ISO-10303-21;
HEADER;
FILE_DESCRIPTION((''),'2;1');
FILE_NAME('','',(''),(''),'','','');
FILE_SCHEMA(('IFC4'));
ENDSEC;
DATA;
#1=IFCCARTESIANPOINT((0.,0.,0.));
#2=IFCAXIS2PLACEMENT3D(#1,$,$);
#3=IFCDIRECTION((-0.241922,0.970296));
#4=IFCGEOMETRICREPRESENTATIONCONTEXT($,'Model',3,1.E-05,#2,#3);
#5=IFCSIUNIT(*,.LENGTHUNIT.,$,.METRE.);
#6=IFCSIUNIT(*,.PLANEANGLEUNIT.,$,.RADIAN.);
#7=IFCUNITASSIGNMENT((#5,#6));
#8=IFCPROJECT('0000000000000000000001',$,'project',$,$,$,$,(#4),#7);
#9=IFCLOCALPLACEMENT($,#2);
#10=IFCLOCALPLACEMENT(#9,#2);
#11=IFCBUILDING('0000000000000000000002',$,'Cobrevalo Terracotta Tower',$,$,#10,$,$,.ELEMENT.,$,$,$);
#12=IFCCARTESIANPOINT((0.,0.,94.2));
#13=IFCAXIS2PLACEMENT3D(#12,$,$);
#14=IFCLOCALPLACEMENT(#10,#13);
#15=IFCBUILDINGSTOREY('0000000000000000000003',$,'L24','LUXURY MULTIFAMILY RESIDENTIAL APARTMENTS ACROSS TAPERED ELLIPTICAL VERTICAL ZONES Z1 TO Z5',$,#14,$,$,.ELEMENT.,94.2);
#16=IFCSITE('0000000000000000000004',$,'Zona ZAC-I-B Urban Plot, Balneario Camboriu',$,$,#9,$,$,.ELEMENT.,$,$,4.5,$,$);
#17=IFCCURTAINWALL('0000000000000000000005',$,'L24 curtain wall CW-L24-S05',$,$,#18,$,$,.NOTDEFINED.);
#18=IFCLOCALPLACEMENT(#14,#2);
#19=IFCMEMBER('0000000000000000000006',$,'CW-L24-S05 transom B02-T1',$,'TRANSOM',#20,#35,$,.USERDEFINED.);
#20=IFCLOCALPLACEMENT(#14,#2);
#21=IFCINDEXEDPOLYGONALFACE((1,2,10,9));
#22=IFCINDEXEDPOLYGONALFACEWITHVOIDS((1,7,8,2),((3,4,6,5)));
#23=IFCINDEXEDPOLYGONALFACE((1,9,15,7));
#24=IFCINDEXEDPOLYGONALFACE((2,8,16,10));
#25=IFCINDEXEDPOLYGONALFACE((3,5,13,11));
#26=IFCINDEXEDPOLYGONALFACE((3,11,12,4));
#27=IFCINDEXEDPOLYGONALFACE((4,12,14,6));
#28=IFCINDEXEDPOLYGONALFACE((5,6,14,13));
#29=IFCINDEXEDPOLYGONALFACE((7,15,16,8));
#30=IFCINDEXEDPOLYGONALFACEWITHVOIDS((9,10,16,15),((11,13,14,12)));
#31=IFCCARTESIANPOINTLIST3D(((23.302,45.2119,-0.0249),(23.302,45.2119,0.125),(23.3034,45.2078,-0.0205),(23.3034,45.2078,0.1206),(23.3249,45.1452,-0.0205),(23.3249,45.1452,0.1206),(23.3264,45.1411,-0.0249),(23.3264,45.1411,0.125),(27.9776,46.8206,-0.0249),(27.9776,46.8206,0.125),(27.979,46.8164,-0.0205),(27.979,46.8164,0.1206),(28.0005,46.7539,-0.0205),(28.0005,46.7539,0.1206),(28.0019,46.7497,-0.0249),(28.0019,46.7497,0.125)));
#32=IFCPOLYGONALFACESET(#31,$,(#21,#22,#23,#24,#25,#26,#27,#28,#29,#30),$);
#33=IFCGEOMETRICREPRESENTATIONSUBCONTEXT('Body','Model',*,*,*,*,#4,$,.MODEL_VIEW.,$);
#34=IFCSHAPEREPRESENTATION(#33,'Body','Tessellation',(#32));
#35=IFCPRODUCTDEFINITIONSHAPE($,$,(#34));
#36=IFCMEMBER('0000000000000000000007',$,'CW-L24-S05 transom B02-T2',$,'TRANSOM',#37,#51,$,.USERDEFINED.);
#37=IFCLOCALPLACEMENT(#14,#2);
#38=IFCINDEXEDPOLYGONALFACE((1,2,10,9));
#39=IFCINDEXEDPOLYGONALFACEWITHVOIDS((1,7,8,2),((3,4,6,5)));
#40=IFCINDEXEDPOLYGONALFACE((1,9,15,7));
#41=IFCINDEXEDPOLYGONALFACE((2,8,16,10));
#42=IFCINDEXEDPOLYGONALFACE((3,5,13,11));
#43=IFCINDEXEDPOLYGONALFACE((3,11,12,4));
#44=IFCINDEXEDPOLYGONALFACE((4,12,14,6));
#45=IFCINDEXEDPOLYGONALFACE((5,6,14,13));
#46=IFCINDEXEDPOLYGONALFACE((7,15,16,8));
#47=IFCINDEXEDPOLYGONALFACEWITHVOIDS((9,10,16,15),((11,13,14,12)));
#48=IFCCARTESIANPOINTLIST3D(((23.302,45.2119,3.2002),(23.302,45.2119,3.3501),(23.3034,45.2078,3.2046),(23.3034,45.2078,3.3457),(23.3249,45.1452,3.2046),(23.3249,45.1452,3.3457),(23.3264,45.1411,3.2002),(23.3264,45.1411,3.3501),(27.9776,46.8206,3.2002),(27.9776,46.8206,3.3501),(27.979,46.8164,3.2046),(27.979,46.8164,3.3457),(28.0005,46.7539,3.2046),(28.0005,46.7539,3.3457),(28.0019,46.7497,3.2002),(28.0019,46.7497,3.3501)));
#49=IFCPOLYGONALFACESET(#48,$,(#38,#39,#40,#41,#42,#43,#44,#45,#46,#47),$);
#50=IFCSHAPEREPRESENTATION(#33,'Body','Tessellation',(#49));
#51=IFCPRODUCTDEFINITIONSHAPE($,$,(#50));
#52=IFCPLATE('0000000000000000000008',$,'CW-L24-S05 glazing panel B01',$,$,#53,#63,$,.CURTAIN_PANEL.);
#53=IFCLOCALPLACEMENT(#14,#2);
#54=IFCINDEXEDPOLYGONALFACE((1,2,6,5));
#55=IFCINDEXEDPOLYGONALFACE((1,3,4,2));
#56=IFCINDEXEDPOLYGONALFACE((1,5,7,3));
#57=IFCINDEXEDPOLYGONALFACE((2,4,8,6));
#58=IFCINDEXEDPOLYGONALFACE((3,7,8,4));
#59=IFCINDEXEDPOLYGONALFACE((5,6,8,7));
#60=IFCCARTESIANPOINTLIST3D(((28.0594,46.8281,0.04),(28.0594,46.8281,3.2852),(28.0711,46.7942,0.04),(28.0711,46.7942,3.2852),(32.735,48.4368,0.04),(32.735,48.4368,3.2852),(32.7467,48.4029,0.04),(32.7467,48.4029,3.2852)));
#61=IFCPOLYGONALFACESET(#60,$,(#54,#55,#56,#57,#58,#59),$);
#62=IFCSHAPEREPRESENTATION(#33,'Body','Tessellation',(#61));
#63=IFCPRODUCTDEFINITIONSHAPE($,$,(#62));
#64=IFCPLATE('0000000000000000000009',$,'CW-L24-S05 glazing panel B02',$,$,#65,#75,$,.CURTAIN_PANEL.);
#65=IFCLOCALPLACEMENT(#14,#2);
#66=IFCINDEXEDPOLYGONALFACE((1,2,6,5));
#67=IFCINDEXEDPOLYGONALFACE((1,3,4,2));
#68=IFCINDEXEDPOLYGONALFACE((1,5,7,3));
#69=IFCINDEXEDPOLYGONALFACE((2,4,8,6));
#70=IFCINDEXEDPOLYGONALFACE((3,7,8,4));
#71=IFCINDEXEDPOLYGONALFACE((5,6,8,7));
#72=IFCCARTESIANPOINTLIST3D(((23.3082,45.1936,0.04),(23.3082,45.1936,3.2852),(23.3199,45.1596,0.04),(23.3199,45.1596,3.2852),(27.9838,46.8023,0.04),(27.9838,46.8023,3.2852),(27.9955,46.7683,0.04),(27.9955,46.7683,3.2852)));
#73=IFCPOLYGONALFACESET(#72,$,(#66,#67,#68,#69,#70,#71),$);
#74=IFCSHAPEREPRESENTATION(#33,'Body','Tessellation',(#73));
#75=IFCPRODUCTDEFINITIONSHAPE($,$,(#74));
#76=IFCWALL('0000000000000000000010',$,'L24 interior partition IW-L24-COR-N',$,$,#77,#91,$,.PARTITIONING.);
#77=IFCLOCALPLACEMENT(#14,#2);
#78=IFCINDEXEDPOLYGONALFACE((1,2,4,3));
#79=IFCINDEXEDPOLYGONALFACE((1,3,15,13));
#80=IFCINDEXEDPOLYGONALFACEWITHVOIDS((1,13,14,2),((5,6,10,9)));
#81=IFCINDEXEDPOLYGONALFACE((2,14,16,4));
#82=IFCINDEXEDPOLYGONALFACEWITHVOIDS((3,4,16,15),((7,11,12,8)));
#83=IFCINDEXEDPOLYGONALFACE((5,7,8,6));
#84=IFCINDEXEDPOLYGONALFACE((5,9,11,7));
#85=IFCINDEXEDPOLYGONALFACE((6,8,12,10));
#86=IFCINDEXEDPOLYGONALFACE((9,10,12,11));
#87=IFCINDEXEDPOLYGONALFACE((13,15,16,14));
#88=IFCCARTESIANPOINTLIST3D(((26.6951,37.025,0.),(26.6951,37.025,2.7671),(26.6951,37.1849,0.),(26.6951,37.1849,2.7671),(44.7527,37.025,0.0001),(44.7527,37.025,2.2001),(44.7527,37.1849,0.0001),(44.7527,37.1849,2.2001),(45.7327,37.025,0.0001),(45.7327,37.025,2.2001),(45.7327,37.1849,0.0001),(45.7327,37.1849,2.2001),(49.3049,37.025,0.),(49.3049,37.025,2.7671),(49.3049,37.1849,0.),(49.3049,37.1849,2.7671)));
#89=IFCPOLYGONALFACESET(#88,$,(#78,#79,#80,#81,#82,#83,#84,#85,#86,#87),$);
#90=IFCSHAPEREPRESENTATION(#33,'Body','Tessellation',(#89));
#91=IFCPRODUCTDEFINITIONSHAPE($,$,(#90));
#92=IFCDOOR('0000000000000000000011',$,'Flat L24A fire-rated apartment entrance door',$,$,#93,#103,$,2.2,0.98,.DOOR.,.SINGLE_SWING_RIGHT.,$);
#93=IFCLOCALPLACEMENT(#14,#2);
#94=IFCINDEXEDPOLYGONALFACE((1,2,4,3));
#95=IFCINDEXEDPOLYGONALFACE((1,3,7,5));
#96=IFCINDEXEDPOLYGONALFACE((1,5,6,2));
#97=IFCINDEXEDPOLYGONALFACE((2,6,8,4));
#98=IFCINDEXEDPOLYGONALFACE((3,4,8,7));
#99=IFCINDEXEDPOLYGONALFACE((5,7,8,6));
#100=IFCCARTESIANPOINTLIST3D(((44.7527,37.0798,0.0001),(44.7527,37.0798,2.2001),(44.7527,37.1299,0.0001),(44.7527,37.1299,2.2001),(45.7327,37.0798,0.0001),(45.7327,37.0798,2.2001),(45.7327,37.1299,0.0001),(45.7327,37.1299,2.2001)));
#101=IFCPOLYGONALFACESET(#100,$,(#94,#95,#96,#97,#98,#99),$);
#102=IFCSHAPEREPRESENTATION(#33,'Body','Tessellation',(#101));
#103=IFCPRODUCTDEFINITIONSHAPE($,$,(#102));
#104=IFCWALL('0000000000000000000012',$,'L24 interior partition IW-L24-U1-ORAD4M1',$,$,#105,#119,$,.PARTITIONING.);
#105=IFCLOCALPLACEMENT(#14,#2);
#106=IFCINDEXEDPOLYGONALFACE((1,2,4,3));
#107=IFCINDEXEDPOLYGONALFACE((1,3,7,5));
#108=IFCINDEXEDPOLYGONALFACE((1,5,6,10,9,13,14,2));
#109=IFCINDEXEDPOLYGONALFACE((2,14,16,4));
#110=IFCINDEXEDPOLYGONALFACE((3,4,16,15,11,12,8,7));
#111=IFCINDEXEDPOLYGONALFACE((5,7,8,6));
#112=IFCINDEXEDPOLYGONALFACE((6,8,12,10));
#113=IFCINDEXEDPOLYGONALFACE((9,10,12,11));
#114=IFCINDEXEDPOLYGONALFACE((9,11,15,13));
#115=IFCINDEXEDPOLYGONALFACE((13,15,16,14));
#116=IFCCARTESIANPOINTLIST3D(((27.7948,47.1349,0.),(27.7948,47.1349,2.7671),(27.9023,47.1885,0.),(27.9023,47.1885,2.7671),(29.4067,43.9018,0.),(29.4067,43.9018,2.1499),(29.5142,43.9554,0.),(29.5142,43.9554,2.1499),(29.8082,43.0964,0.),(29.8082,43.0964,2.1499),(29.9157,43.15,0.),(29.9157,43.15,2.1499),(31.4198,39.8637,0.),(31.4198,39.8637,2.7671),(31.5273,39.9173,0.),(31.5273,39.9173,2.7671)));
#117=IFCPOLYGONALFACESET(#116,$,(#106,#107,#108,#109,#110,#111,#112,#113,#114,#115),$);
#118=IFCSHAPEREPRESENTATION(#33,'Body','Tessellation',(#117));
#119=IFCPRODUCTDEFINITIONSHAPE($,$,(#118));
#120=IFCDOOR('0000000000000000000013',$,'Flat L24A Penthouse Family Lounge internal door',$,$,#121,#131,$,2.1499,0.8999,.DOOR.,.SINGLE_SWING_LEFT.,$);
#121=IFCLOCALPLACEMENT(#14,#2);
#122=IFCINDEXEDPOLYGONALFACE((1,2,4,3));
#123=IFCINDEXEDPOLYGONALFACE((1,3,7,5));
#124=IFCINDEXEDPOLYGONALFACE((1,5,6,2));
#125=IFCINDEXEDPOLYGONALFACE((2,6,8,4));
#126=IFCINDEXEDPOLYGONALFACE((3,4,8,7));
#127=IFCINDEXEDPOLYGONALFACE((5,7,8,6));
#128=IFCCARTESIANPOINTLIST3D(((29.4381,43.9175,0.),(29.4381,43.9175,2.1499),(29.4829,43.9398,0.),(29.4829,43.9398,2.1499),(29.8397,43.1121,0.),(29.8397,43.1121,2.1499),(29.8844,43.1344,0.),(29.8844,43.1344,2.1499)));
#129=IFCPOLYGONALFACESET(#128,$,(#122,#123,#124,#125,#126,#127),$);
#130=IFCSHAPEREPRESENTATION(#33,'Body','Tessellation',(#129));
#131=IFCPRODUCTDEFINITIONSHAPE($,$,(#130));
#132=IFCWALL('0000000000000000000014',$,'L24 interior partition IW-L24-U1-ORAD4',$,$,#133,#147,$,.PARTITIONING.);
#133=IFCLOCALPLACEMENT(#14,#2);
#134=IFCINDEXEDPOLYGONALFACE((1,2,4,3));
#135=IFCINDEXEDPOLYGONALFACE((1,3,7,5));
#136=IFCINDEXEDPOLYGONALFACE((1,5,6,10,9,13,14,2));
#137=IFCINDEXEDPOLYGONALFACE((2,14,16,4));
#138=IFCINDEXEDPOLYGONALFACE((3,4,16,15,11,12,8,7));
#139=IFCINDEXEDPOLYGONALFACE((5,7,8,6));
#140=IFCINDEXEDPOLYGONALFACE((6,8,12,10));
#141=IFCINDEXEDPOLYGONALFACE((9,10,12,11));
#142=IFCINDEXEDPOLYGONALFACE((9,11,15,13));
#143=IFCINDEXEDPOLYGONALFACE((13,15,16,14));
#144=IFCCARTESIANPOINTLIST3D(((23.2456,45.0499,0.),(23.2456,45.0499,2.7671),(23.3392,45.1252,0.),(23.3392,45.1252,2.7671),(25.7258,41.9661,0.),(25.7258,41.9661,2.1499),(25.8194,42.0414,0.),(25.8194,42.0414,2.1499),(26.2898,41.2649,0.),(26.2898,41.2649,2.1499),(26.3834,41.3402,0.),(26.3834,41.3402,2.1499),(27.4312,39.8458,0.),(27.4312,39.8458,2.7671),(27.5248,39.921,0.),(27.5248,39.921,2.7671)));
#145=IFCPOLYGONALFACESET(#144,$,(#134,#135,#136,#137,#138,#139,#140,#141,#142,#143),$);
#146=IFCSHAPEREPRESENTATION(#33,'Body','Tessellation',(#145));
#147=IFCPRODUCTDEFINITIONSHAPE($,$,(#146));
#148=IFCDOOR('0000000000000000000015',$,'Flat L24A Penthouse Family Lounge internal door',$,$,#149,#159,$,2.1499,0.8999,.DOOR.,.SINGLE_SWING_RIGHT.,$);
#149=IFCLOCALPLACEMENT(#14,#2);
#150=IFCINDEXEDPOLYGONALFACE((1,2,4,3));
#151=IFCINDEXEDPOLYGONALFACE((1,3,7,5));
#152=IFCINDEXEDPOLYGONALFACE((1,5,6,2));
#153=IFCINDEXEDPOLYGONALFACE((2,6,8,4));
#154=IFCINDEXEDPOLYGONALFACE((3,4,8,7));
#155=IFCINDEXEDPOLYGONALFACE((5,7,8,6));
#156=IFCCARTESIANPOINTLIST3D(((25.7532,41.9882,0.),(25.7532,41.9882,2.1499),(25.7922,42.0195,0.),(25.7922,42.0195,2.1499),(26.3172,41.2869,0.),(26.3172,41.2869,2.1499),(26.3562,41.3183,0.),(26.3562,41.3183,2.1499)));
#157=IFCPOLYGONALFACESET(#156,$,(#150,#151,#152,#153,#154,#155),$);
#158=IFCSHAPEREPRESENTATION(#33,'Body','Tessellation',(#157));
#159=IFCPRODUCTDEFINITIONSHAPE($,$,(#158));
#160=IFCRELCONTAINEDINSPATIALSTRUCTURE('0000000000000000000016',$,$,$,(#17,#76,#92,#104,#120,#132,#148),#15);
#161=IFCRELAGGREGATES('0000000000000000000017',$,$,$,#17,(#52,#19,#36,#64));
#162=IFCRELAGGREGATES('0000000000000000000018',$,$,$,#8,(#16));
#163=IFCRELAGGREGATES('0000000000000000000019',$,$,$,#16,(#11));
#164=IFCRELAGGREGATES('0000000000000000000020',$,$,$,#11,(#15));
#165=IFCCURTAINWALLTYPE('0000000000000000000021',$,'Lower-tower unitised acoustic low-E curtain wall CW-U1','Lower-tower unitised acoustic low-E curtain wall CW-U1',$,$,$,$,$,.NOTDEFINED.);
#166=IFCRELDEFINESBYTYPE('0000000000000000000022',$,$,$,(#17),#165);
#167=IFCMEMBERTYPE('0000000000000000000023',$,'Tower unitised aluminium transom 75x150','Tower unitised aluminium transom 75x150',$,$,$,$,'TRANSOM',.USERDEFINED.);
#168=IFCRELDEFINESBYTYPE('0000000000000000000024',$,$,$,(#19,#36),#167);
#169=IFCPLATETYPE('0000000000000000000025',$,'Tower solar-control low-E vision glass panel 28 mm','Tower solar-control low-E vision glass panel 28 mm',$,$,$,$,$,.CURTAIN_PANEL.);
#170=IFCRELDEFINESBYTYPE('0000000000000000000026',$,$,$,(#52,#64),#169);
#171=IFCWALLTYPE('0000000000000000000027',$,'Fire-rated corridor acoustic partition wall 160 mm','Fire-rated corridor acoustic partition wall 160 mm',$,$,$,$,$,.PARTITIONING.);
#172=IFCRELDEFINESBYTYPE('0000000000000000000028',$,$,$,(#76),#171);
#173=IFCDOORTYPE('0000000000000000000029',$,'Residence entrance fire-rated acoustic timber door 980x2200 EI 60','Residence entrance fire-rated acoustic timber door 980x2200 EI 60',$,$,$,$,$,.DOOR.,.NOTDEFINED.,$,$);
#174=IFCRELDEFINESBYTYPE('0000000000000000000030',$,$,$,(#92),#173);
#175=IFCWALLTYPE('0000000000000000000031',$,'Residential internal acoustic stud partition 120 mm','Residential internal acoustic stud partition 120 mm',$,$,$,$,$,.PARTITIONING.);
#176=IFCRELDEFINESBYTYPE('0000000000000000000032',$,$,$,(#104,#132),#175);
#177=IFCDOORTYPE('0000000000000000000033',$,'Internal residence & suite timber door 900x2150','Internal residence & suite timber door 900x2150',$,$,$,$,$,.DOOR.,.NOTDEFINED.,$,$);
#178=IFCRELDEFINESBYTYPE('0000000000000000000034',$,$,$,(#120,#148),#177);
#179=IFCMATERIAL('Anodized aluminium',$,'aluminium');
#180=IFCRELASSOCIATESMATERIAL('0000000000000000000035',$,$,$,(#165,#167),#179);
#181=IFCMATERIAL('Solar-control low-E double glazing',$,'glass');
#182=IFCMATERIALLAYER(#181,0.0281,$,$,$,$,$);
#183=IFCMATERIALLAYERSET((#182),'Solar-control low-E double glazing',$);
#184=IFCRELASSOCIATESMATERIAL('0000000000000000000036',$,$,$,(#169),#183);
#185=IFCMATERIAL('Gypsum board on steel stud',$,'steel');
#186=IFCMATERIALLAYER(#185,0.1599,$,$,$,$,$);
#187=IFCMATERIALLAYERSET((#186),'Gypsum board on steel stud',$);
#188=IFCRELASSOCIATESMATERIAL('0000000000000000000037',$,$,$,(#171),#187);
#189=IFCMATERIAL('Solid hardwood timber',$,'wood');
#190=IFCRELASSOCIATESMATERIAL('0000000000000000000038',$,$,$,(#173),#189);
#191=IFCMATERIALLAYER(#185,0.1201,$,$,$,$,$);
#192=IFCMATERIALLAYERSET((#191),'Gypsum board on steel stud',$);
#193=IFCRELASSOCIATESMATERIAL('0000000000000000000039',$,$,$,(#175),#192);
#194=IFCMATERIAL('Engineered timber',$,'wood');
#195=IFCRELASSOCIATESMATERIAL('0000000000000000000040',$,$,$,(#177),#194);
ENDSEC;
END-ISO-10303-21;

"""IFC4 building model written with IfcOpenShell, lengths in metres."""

from ifc_helpers import new_model, si_unit, direction, frame, frame_2d, origin, origin_2d, place, context, subcontext, project, spatial, rectangle, hollow_rectangle, extrude, source, transform, mapped, material, layer, layer_set, material_profile, profile_set, type_object, element, fill, aggregate, save


model = new_model("IFC4")

# Units and contexts
model_context = context("Model", 3, precision=1e-05, world=origin(), true_north=direction((-0.241922, 0.970296)))
body_context = subcontext(model_context, "Body", "Model", "MODEL_VIEW")
ifc_project = project(units=[si_unit("LENGTHUNIT", "METRE"), si_unit("PLANEANGLEUNIT", "RADIAN")], contexts=[model_context])

# Site, building, storey
site_placement = place(None, origin())
site = spatial("IfcSite", under=ifc_project, at=site_placement, Name="Zona ZAC-I-B Urban Plot, Balneario Camboriu", CompositionType="ELEMENT", RefElevation=4.5)
building_placement = place(site_placement, origin())
building = spatial("IfcBuilding", under=site, at=building_placement, Name="Cobrevalo Terracotta Tower", CompositionType="ELEMENT")
storey_placement = place(building_placement, frame((0.0, 0.0, 94.2)))
storey = spatial("IfcBuildingStorey", under=building, at=storey_placement, Name="L24", Description="LUXURY MULTIFAMILY RESIDENTIAL APARTMENTS ACROSS TAPERED ELLIPTICAL VERTICAL ZONES Z1 TO Z5", CompositionType="ELEMENT", Elevation=94.2)

# Curtain wall, members, plates
ifc_material_1 = material(Name="Anodized aluminium", Category="aluminium")
curtain_wall_type = type_object("IfcCurtainWallType", Name="Lower-tower unitised acoustic low-E curtain wall CW-U1", Description="Lower-tower unitised acoustic low-E curtain wall CW-U1", PredefinedType="NOTDEFINED", material=ifc_material_1)
curtain_wall_placement = place(storey_placement, origin())
curtain_wall = element("IfcCurtainWall", 1, at=curtain_wall_placement, inside=storey, type_object=curtain_wall_type, Name="L24 curtain wall CW-L24-S05", PredefinedType="NOTDEFINED")
ifc_material_profile_1 = material_profile(ifc_material_1, hollow_rectangle(XDim=0.075, YDim=0.1499, WallThickness=0.0044, at=origin_2d()), Name="CWT 75x150")
ifc_profile_set_1 = profile_set([ifc_material_profile_1], Name="Anodized aluminium")
member_type_1 = type_object("IfcMemberType", Name="Tower unitised aluminium transom 75x150", Description="Tower unitised aluminium transom 75x150", ElementType="TRANSOM", PredefinedType="USERDEFINED", material=ifc_profile_set_1)
shared_shape_1 = source(origin(), body_context, "Body", "SweptSolid", [
    extrude(hollow_rectangle(XDim=0.075, YDim=0.1499, WallThickness=0.0044, at=origin_2d()), origin(), (0.0, 0.0, 1.0), 4.9446),
])
member_1_placement = place(storey_placement, frame((27.9897, 46.7852, 0.05), z_axis=(-0.945598, -0.325338, 0.0), x_axis=(0.325338, -0.945598, 0.0)))
member_1 = element("IfcMember", 2, at=member_1_placement, type_object=member_type_1, Name="CW-L24-S05 transom B02-T1", ObjectType="TRANSOM", PredefinedType="USERDEFINED", context=body_context, shape_type="MappedRepresentation", body=[
    mapped(shared_shape_1, transform((0.0, 0.0, 0.0), scale=1.0)),
])
member_2_placement = place(storey_placement, frame((27.9897, 46.7852, 3.2751), z_axis=(-0.945598, -0.325338, 0.0), x_axis=(0.325338, -0.945598, 0.0)))
member_2 = element("IfcMember", 3, at=member_2_placement, type_object=member_type_1, Name="CW-L24-S05 transom B02-T2", ObjectType="TRANSOM", PredefinedType="USERDEFINED", context=body_context, shape_type="MappedRepresentation", body=[
    mapped(shared_shape_1, transform((0.0, 0.0, 0.0), scale=1.0)),
])
ifc_material_2 = material(Name="Solar-control low-E double glazing", Category="glass")
ifc_layer_1 = layer(ifc_material_2, 0.0281)
ifc_layer_set_1 = layer_set([ifc_layer_1], Name="Solar-control low-E double glazing")
plate_type = type_object("IfcPlateType", Name="Tower solar-control low-E vision glass panel 28 mm", Description="Tower solar-control low-E vision glass panel 28 mm", PredefinedType="CURTAIN_PANEL", material=ifc_layer_set_1)
shared_shape_2 = source(origin(), body_context, "Body", "SweptSolid", [
    extrude(rectangle(XDim=4.9446, YDim=0.0359, at=origin_2d()), origin(), (0.0, 0.0, 1.0), 3.2451),
])
plate_1_placement = place(storey_placement, frame((30.4031, 47.6155, 0.04), z_axis=(0.0, 0.0, 1.0), x_axis=(-0.945596, -0.325342, 0.0)))
plate_1 = element("IfcPlate", 4, at=plate_1_placement, type_object=plate_type, Name="CW-L24-S05 glazing panel B01", PredefinedType="CURTAIN_PANEL", context=body_context, shape_type="MappedRepresentation", body=[
    mapped(shared_shape_2, transform((0.0, 0.0, 0.0), scale=1.0)),
])
plate_2_placement = place(storey_placement, frame((25.6519, 45.981, 0.04), z_axis=(0.0, 0.0, 1.0), x_axis=(-0.945596, -0.325342, 0.0)))
plate_2 = element("IfcPlate", 5, at=plate_2_placement, type_object=plate_type, Name="CW-L24-S05 glazing panel B02", PredefinedType="CURTAIN_PANEL", context=body_context, shape_type="MappedRepresentation", body=[
    mapped(shared_shape_2, transform((0.0, 0.0, 0.0), scale=1.0)),
])
aggregate(curtain_wall, [plate_1, member_1, member_2, plate_2])

# Walls, openings, doors
ifc_material_3 = material(Name="Gypsum board on steel stud", Category="steel")
ifc_layer_2 = layer(ifc_material_3, 0.1599)
ifc_layer_set_2 = layer_set([ifc_layer_2], Name="Gypsum board on steel stud")
wall_type_1 = type_object("IfcWallType", Name="Fire-rated corridor acoustic partition wall 160 mm", Description="Fire-rated corridor acoustic partition wall 160 mm", PredefinedType="PARTITIONING", material=ifc_layer_set_2)
wall_1_placement = place(storey_placement, frame((26.6951, 37.105, 0.0), z_axis=(0.0, 0.0, 1.0), x_axis=(1.0, 0.0, 0.0)))
wall_1 = element("IfcWall", 6, at=wall_1_placement, inside=storey, type_object=wall_type_1, Name="L24 interior partition IW-L24-COR-N", PredefinedType="PARTITIONING", context=body_context, shape_type="SweptSolid", body=[
    extrude(rectangle(XDim=22.6099, YDim=0.1599, at=frame_2d((11.3049, 0.0))), origin(), (0.0, 0.0, 1.0), 2.7671),
])
opening_1_placement = place(wall_1_placement, frame((18.0576, 0.0, 0.0)))
opening_1 = element("IfcOpeningElement", 7, at=opening_1_placement, cuts=wall_1, PredefinedType="OPENING", context=body_context, shape_type="SweptSolid", body=[
    extrude(rectangle(XDim=0.98, YDim=2.2, at=frame_2d((0.49, 1.1001))), frame((0.0, 0.0898, 0.0), z_axis=(0.0, -1.0, 0.0), x_axis=(1.0, 0.0, 0.0)), (0.0, 0.0, 1.0), 0.1799),
])
ifc_material_4 = material(Name="Solid hardwood timber", Category="wood")
door_type_1 = type_object("IfcDoorType", Name="Residence entrance fire-rated acoustic timber door 980x2200 EI 60", Description="Residence entrance fire-rated acoustic timber door 980x2200 EI 60", OperationType="NOTDEFINED", PredefinedType="DOOR", material=ifc_material_4)
shared_shape_3 = source(origin(), body_context, "Body", "SweptSolid", [
    extrude(rectangle(XDim=0.98, YDim=2.2, at=frame_2d((0.49, 1.1001))), frame((0.0, 0.0249, 0.0), z_axis=(0.0, -1.0, 0.0), x_axis=(1.0, 0.0, 0.0)), (0.0, 0.0, 1.0), 0.05),
])
door_1_placement = place(opening_1_placement, origin())
door_1 = element("IfcDoor", 8, at=door_1_placement, inside=storey, type_object=door_type_1, Name="Flat L24A fire-rated apartment entrance door", OperationType="SINGLE_SWING_RIGHT", OverallHeight=2.2, OverallWidth=0.98, PredefinedType="DOOR", context=body_context, shape_type="MappedRepresentation", body=[
    mapped(shared_shape_3, transform((0.0, 0.0, 0.0), scale=1.0)),
])
fill(opening_1, door_1)
ifc_layer_3 = layer(ifc_material_3, 0.1201)
ifc_layer_set_3 = layer_set([ifc_layer_3], Name="Gypsum board on steel stud")
wall_type_2 = type_object("IfcWallType", Name="Residential internal acoustic stud partition 120 mm", Description="Residential internal acoustic stud partition 120 mm", PredefinedType="PARTITIONING", material=ifc_layer_set_3)
wall_2_placement = place(storey_placement, frame((31.4736, 39.8904, 0.0), z_axis=(0.0, 0.0, 1.0), x_axis=(-0.446168, 0.894949, 0.0)))
wall_2 = element("IfcWall", 9, at=wall_2_placement, inside=storey, type_object=wall_type_2, Name="L24 interior partition IW-L24-U1-ORAD4M1", PredefinedType="PARTITIONING", context=body_context, shape_type="SweptSolid", body=[
    extrude(rectangle(XDim=8.1248, YDim=0.1201, at=frame_2d((4.0625, 0.0))), origin(), (0.0, 0.0, 1.0), 2.7671),
])
opening_2_placement = place(wall_2_placement, frame((3.6123, 0.0, 0.0)))
opening_2 = element("IfcOpeningElement", 10, at=opening_2_placement, cuts=wall_2, PredefinedType="OPENING", context=body_context, shape_type="SweptSolid", body=[
    extrude(rectangle(XDim=0.8999, YDim=2.1499, at=frame_2d((0.45, 1.075))), frame((0.0, 0.0701, 0.0), z_axis=(0.0, -1.0, 0.0), x_axis=(1.0, 0.0, 0.0)), (0.0, 0.0, 1.0), 0.1401),
])
ifc_material_5 = material(Name="Engineered timber", Category="wood")
door_type_2 = type_object("IfcDoorType", Name="Internal residence & suite timber door 900x2150", Description="Internal residence & suite timber door 900x2150", OperationType="NOTDEFINED", PredefinedType="DOOR", material=ifc_material_5)
shared_shape_4 = source(origin(), body_context, "Body", "SweptSolid", [
    extrude(rectangle(XDim=0.8999, YDim=2.1499, at=frame_2d((0.45, 1.075))), frame((0.0, 0.0249, 0.0), z_axis=(0.0, -1.0, 0.0), x_axis=(1.0, 0.0, 0.0)), (0.0, 0.0, 1.0), 0.05),
])
door_2_placement = place(opening_2_placement, origin())
door_2 = element("IfcDoor", 11, at=door_2_placement, inside=storey, type_object=door_type_2, Name="Flat L24A Penthouse Family Lounge internal door", OperationType="SINGLE_SWING_LEFT", OverallHeight=2.1499, OverallWidth=0.8999, PredefinedType="DOOR", context=body_context, shape_type="MappedRepresentation", body=[
    mapped(shared_shape_4, transform((0.0, 0.0, 0.0), scale=1.0)),
])
fill(opening_2, door_2)
wall_3_placement = place(storey_placement, frame((27.478, 39.8833, 0.0), z_axis=(0.0, 0.0, 1.0), x_axis=(-0.626726, 0.77924, 0.0)))
wall_3 = element("IfcWall", 12, at=wall_3_placement, inside=storey, type_object=wall_type_2, Name="L24 interior partition IW-L24-U1-ORAD4", PredefinedType="PARTITIONING", context=body_context, shape_type="SweptSolid", body=[
    extrude(rectangle(XDim=6.6785, YDim=0.1201, at=frame_2d((3.3394, 0.0))), origin(), (0.0, 0.0, 1.0), 2.7671),
])
opening_3_placement = place(wall_3_placement, frame((1.8213, 0.0, 0.0)))
opening_3 = element("IfcOpeningElement", 13, at=opening_3_placement, cuts=wall_3, PredefinedType="OPENING", context=body_context, shape_type="SweptSolid", body=[
    extrude(rectangle(XDim=0.8999, YDim=2.1499, at=frame_2d((0.45, 1.075))), frame((0.0, 0.0701, 0.0), z_axis=(0.0, -1.0, 0.0), x_axis=(1.0, 0.0, 0.0)), (0.0, 0.0, 1.0), 0.1401),
])
door_3_placement = place(opening_3_placement, origin())
door_3 = element("IfcDoor", 14, at=door_3_placement, inside=storey, type_object=door_type_2, Name="Flat L24A Penthouse Family Lounge internal door", OperationType="SINGLE_SWING_RIGHT", OverallHeight=2.1499, OverallWidth=0.8999, PredefinedType="DOOR", context=body_context, shape_type="MappedRepresentation", body=[
    mapped(shared_shape_4, transform((0.0, 0.0, 0.0), scale=1.0)),
])
fill(opening_3, door_3)

save(model, "model.ifc")
